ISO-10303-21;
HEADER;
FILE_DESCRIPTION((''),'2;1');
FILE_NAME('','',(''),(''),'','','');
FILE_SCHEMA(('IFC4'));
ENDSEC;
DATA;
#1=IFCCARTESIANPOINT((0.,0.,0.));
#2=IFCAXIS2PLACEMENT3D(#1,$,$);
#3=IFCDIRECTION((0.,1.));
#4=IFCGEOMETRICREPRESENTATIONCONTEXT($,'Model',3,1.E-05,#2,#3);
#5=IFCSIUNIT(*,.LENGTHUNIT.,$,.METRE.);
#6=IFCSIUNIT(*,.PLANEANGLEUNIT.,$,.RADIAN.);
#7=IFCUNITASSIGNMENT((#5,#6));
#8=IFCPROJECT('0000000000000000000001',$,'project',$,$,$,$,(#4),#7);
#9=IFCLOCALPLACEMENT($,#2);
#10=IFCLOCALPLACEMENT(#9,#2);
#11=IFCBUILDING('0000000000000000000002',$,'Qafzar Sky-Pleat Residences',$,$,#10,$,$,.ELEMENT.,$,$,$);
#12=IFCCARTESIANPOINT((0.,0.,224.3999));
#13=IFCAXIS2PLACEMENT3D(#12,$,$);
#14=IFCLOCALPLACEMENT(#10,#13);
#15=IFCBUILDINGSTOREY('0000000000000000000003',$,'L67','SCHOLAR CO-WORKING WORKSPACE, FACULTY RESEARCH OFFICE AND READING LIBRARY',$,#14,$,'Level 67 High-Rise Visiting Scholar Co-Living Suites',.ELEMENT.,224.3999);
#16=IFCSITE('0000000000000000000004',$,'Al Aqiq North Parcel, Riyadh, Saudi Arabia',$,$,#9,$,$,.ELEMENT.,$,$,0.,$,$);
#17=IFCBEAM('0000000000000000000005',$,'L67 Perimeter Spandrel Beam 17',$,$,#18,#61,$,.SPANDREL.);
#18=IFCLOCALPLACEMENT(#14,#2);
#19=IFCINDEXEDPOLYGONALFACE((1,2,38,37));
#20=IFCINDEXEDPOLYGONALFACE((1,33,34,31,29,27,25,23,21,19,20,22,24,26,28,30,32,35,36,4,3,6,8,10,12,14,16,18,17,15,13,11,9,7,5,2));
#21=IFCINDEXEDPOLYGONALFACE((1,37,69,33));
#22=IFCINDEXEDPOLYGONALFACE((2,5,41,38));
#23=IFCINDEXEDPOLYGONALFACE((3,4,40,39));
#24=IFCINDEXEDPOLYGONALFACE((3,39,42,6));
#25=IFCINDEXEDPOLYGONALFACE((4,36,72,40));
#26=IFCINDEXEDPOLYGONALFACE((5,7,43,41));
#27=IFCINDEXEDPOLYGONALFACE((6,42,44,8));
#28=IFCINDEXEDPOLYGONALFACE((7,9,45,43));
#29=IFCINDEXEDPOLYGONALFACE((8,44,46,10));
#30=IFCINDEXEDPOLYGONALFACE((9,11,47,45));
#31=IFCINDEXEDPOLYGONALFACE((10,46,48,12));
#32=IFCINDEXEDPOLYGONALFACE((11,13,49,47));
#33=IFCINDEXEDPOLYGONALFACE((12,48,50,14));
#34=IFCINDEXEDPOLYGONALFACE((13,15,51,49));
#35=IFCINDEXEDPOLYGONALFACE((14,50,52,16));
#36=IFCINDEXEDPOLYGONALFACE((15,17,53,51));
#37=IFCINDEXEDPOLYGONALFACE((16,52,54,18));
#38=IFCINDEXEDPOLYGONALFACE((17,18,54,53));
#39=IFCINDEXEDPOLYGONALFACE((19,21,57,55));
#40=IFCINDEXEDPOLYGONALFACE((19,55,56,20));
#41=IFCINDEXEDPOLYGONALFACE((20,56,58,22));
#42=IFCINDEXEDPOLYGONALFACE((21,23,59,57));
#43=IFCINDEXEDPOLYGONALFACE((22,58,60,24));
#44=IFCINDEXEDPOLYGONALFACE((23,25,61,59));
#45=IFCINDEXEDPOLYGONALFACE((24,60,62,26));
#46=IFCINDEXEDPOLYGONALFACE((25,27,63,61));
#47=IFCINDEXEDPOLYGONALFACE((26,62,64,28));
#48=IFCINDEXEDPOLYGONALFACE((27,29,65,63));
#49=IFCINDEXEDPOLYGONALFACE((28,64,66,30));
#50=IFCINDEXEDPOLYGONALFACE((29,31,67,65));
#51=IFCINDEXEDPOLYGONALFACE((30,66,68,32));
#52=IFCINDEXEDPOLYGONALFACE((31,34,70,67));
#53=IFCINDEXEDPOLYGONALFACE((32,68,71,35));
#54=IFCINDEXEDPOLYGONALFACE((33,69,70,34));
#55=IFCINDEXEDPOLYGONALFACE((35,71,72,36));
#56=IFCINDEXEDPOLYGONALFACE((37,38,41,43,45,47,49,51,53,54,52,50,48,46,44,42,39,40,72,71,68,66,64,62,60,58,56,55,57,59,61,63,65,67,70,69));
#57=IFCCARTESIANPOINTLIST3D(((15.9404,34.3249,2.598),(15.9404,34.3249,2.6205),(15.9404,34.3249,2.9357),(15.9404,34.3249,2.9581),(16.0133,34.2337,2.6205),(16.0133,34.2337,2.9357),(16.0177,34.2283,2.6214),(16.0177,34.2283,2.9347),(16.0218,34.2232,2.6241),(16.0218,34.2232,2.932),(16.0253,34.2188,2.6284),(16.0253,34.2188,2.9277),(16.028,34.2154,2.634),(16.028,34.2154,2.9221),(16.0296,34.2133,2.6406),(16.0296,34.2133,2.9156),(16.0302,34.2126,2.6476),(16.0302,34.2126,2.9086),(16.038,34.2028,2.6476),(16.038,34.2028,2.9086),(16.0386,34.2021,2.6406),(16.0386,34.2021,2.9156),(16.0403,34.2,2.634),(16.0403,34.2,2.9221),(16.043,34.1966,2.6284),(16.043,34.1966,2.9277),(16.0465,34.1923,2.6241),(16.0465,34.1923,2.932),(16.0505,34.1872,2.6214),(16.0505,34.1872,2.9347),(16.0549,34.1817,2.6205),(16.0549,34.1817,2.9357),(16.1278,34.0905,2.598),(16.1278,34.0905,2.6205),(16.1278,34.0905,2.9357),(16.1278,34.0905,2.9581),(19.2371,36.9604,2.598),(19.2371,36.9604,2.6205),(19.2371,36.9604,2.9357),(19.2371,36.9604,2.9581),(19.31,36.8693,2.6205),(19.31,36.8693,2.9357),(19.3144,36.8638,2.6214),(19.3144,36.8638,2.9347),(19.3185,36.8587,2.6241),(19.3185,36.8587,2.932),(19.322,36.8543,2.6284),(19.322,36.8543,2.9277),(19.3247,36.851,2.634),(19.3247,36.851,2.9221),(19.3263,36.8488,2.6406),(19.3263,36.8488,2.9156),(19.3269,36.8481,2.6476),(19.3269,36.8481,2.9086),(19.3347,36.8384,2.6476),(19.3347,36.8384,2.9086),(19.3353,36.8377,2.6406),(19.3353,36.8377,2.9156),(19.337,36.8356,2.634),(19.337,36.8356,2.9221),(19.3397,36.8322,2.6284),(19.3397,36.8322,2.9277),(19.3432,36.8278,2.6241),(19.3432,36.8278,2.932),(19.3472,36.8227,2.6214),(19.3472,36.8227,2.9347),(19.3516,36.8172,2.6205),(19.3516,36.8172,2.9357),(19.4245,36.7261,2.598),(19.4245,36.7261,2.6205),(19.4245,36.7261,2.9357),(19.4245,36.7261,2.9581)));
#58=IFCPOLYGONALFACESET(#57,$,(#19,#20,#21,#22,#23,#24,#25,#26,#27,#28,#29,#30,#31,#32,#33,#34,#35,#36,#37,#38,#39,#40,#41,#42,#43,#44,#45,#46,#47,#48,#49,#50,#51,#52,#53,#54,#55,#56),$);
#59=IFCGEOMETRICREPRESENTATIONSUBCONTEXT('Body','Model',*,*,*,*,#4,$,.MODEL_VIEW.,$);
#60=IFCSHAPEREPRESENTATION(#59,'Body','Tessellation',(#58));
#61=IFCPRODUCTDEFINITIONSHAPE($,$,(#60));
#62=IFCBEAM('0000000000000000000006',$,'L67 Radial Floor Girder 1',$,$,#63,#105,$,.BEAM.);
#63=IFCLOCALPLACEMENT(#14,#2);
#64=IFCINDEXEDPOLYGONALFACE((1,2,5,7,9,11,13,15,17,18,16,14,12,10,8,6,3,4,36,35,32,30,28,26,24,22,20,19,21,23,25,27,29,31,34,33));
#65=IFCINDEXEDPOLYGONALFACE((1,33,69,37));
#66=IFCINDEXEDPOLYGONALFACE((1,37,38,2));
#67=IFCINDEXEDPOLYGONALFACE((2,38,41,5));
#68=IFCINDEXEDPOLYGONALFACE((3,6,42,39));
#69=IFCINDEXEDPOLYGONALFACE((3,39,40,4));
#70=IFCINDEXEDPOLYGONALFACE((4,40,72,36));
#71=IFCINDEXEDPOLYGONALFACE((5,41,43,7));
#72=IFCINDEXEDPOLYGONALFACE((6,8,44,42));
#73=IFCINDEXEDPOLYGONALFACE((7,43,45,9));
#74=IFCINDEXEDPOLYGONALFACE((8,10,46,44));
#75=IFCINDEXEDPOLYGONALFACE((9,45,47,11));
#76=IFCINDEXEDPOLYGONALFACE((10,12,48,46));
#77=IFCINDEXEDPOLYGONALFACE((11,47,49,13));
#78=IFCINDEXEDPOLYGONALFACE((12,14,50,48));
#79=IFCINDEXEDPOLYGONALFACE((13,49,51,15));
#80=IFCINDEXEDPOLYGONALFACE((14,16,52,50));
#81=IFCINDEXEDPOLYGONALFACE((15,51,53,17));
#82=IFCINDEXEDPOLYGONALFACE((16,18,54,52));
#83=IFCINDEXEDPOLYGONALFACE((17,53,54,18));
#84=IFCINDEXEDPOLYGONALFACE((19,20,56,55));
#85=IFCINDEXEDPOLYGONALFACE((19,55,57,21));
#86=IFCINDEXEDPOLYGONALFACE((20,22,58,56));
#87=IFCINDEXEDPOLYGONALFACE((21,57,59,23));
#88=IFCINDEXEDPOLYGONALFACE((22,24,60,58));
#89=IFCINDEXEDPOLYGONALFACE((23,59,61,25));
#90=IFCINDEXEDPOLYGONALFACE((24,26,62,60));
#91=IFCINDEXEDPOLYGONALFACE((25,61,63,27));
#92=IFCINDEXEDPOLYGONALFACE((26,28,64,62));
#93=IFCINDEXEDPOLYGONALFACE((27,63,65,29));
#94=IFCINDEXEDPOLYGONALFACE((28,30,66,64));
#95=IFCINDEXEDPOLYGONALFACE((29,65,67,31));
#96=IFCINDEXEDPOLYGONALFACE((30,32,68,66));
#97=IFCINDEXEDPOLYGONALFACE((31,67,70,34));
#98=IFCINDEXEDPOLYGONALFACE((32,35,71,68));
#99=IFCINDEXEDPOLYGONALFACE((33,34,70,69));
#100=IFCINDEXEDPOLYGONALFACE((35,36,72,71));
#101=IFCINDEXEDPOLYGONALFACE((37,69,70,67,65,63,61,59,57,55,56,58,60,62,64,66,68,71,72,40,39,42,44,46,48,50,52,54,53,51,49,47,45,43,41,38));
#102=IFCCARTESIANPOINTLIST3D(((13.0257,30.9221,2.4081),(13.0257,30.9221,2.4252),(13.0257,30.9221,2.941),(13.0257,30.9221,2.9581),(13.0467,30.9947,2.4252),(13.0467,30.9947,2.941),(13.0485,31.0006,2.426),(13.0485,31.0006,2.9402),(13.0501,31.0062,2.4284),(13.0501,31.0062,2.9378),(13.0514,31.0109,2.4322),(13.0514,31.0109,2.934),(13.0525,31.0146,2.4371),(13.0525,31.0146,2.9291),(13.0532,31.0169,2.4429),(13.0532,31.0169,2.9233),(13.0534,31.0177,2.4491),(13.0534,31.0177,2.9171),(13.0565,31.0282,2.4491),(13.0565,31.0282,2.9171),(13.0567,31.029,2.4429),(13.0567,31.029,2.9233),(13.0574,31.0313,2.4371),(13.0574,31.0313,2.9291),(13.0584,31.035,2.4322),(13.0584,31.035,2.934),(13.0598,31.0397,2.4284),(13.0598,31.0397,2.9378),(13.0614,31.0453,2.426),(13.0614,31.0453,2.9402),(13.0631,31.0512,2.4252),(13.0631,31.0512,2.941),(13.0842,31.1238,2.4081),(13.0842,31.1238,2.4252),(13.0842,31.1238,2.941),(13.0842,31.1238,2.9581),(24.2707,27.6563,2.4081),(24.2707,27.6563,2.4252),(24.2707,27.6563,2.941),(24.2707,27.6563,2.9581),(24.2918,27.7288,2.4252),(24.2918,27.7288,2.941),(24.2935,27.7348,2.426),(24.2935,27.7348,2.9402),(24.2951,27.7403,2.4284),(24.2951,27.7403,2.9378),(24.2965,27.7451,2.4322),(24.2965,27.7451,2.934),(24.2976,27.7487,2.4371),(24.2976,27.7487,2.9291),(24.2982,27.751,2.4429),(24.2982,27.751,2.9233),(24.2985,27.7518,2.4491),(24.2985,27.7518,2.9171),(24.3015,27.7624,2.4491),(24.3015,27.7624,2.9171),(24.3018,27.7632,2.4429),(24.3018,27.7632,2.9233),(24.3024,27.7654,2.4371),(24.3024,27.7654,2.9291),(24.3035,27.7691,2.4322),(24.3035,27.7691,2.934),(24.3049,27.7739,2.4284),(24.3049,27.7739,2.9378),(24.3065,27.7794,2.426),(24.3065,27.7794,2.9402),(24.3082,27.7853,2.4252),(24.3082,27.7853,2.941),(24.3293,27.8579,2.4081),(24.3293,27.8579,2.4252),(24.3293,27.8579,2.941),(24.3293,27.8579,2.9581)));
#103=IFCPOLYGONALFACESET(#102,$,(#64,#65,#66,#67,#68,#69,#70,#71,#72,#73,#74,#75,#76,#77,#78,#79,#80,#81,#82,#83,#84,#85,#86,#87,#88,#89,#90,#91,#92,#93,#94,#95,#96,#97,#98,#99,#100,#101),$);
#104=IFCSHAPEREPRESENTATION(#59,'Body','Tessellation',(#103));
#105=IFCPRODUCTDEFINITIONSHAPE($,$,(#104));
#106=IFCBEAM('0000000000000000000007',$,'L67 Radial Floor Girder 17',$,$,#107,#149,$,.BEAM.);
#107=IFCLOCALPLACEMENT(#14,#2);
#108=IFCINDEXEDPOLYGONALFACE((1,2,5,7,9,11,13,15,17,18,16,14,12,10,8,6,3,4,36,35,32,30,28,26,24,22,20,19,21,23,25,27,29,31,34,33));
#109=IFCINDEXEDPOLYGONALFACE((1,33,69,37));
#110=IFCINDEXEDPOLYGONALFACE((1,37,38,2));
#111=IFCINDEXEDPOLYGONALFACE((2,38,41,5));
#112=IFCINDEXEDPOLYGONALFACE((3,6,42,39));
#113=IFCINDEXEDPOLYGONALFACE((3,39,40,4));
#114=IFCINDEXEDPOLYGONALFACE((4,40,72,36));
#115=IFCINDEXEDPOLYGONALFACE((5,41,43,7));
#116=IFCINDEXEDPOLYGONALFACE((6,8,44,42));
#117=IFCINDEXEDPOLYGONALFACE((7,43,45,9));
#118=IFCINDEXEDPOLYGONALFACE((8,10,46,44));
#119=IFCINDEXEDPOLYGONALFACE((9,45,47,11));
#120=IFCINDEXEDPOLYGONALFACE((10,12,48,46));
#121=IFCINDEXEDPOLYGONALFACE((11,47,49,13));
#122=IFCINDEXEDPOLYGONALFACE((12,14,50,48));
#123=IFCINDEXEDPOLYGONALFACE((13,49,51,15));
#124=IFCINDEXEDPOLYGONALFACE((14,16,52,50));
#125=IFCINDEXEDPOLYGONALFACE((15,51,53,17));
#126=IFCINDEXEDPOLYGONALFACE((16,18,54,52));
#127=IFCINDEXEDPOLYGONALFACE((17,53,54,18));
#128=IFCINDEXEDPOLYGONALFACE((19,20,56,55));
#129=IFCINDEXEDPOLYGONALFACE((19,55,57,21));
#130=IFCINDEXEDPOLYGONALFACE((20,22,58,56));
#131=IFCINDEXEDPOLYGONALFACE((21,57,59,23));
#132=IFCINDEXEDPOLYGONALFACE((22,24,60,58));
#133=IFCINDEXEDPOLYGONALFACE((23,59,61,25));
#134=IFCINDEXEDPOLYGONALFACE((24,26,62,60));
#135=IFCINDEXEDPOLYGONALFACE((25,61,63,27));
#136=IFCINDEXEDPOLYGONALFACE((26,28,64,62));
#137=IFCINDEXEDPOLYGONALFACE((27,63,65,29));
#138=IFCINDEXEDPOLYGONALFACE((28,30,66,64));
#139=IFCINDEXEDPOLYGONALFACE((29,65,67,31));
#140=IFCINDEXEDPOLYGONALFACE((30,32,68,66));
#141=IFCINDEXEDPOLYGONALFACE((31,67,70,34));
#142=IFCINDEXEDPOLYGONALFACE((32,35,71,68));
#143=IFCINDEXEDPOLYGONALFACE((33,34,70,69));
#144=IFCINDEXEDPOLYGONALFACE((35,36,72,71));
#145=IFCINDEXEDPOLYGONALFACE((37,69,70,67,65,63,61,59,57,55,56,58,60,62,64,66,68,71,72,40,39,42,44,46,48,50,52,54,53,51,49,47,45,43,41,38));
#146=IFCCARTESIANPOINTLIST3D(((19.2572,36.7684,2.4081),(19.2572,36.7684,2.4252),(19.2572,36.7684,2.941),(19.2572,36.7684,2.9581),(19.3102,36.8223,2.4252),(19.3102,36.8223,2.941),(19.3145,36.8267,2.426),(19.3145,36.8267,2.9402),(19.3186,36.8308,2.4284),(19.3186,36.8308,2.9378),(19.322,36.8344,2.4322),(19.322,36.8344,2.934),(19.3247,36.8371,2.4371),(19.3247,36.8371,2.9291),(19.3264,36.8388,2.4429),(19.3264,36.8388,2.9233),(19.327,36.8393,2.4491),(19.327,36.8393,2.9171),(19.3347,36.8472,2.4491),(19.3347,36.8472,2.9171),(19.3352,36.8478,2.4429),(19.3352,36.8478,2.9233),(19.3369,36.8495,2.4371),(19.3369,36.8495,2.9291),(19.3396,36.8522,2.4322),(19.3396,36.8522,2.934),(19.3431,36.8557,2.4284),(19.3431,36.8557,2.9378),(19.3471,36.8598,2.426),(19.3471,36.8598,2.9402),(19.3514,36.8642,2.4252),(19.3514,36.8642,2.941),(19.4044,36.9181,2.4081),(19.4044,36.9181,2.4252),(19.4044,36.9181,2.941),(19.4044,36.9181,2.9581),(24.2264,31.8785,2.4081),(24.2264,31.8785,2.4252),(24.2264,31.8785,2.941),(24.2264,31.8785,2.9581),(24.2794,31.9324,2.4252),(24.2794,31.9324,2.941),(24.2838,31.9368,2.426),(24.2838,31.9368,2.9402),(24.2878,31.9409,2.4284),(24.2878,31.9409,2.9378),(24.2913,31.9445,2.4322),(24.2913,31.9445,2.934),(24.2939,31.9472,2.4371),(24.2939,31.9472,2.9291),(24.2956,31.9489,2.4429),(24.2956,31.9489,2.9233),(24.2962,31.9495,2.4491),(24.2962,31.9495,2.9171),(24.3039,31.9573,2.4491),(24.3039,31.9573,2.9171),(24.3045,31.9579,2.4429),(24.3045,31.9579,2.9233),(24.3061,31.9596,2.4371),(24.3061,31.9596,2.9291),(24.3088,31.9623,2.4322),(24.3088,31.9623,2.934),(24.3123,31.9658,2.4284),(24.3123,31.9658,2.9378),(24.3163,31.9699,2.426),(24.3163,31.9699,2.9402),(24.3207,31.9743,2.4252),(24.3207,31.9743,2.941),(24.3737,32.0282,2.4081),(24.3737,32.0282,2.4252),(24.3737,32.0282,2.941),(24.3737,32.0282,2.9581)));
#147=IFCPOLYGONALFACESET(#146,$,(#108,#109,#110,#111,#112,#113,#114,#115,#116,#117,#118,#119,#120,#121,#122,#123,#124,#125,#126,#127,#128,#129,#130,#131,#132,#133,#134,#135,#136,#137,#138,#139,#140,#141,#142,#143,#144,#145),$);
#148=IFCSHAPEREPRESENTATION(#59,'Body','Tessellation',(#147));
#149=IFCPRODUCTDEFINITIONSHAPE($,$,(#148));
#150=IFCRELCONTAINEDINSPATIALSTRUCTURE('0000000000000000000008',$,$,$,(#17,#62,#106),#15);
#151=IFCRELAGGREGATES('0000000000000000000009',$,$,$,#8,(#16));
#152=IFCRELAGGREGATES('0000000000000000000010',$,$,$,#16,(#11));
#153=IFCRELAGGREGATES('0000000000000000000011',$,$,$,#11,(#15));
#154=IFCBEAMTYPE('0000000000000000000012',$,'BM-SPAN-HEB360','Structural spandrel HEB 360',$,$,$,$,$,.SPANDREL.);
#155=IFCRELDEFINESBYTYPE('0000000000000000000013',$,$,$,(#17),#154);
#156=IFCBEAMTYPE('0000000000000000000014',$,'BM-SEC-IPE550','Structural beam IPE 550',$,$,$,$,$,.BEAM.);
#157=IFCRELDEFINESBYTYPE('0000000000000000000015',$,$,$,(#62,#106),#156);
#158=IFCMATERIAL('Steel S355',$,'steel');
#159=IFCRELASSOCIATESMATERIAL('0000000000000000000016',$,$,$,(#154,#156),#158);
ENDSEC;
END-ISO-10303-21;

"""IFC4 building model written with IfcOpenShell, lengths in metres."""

from ifc_helpers import new_model, si_unit, direction, frame, origin, origin_2d, place, context, subcontext, project, spatial, i_section, extrude, source, transform, mapped, material, material_profile, profile_set, type_object, element, save


model = new_model("IFC4")

# Units and contexts
model_context = context("Model", 3, precision=1e-05, world=origin(), true_north=direction((0.0, 1.0)))
body_context = subcontext(model_context, "Body", "Model", "MODEL_VIEW")
ifc_project = project(units=[si_unit("LENGTHUNIT", "METRE"), si_unit("PLANEANGLEUNIT", "RADIAN")], contexts=[model_context])

# Site, building, storey
site_placement = place(None, origin())
site = spatial("IfcSite", under=ifc_project, at=site_placement, Name="Al Aqiq North Parcel, Riyadh, Saudi Arabia", CompositionType="ELEMENT", RefElevation=0.0)
building_placement = place(site_placement, origin())
building = spatial("IfcBuilding", under=site, at=building_placement, Name="Qafzar Sky-Pleat Residences", CompositionType="ELEMENT")
storey_placement = place(building_placement, frame((0.0, 0.0, 224.3999)))
storey = spatial("IfcBuildingStorey", under=building, at=storey_placement, Name="L67", Description="SCHOLAR CO-WORKING WORKSPACE, FACULTY RESEARCH OFFICE AND READING LIBRARY", LongName="Level 67 High-Rise Visiting Scholar Co-Living Suites", CompositionType="ELEMENT", Elevation=224.3999)

# Shared definitions
ifc_material_1 = material(Name="Steel S355", Category="steel")

# Beams
ifc_material_profile_1 = material_profile(ifc_material_1, i_section(OverallWidth=0.3, OverallDepth=0.3601, WebThickness=0.0125, FlangeThickness=0.0225, FilletRadius=0.0271, at=origin_2d()), Name="HEB 360")
ifc_profile_set_1 = profile_set([ifc_material_profile_1], Name="Steel S355")
beam_type_1 = type_object("IfcBeamType", Name="BM-SPAN-HEB360", Description="Structural spandrel HEB 360", PredefinedType="SPANDREL", material=ifc_profile_set_1)
shared_shape_1 = source(origin(), body_context, "Body", "SweptSolid", [
    extrude(i_section(OverallWidth=0.3, OverallDepth=0.3601, WebThickness=0.0125, FlangeThickness=0.0225, FilletRadius=0.0271, at=origin_2d()), origin(), (0.0, 0.0, 1.0), 4.2207),
])
beam_1_placement = place(storey_placement, frame((19.3308, 36.8433, 2.7781), z_axis=(-0.781078, -0.624434, 0.0), x_axis=(0.624434, -0.781078, 0.0)))
element("IfcBeam", 1, at=beam_1_placement, inside=storey, type_object=beam_type_1, Name="L67 Perimeter Spandrel Beam 17", PredefinedType="SPANDREL", context=body_context, shape_type="MappedRepresentation", body=[
    mapped(shared_shape_1, transform((0.0, 0.0, 0.0), x_axis=(1.0, 0.0, 0.0), y_axis=(0.0, 1.0, 0.0), z_axis=(0.0, 0.0, 1.0), scale=1.0)),
])
ifc_material_profile_2 = material_profile(ifc_material_1, i_section(OverallWidth=0.21, OverallDepth=0.55, WebThickness=0.011, FlangeThickness=0.0171, FilletRadius=0.0239, at=origin_2d()), Name="IPE 550")
ifc_profile_set_2 = profile_set([ifc_material_profile_2], Name="Steel S355")
beam_type_2 = type_object("IfcBeamType", Name="BM-SEC-IPE550", Description="Structural beam IPE 550", PredefinedType="BEAM", material=ifc_profile_set_2)
shared_shape_2 = source(origin(), body_context, "Body", "SweptSolid", [
    extrude(i_section(OverallWidth=0.21, OverallDepth=0.55, WebThickness=0.011, FlangeThickness=0.0171, FilletRadius=0.0239, at=origin_2d()), origin(), (0.0, 0.0, 1.0), 11.7097),
])
beam_2_placement = place(storey_placement, frame((13.0549, 31.0229, 2.6831), z_axis=(0.96032, -0.278901, 0.0), x_axis=(0.278901, 0.96032, 0.0)))
element("IfcBeam", 2, at=beam_2_placement, inside=storey, type_object=beam_type_2, Name="L67 Radial Floor Girder 1", PredefinedType="BEAM", context=body_context, shape_type="MappedRepresentation", body=[
    mapped(shared_shape_2, transform((0.0, 0.0, 0.0), x_axis=(1.0, 0.0, 0.0), y_axis=(0.0, 1.0, 0.0), z_axis=(0.0, 0.0, 1.0), scale=1.0)),
])
shared_shape_3 = source(origin(), body_context, "Body", "SweptSolid", [
    extrude(i_section(OverallWidth=0.21, OverallDepth=0.55, WebThickness=0.011, FlangeThickness=0.0171, FilletRadius=0.0239, at=origin_2d()), origin(), (0.0, 0.0, 1.0), 6.9717),
])
beam_3_placement = place(storey_placement, frame((19.3308, 36.8433, 2.6831), z_axis=(0.712774, -0.701393, 0.0), x_axis=(0.701393, 0.712774, 0.0)))
element("IfcBeam", 3, at=beam_3_placement, inside=storey, type_object=beam_type_2, Name="L67 Radial Floor Girder 17", PredefinedType="BEAM", context=body_context, shape_type="MappedRepresentation", body=[
    mapped(shared_shape_3, transform((0.0, 0.0, 0.0), x_axis=(1.0, 0.0, 0.0), y_axis=(0.0, 1.0, 0.0), z_axis=(0.0, 0.0, 1.0), scale=1.0)),
])

save(model, "model.ifc")
